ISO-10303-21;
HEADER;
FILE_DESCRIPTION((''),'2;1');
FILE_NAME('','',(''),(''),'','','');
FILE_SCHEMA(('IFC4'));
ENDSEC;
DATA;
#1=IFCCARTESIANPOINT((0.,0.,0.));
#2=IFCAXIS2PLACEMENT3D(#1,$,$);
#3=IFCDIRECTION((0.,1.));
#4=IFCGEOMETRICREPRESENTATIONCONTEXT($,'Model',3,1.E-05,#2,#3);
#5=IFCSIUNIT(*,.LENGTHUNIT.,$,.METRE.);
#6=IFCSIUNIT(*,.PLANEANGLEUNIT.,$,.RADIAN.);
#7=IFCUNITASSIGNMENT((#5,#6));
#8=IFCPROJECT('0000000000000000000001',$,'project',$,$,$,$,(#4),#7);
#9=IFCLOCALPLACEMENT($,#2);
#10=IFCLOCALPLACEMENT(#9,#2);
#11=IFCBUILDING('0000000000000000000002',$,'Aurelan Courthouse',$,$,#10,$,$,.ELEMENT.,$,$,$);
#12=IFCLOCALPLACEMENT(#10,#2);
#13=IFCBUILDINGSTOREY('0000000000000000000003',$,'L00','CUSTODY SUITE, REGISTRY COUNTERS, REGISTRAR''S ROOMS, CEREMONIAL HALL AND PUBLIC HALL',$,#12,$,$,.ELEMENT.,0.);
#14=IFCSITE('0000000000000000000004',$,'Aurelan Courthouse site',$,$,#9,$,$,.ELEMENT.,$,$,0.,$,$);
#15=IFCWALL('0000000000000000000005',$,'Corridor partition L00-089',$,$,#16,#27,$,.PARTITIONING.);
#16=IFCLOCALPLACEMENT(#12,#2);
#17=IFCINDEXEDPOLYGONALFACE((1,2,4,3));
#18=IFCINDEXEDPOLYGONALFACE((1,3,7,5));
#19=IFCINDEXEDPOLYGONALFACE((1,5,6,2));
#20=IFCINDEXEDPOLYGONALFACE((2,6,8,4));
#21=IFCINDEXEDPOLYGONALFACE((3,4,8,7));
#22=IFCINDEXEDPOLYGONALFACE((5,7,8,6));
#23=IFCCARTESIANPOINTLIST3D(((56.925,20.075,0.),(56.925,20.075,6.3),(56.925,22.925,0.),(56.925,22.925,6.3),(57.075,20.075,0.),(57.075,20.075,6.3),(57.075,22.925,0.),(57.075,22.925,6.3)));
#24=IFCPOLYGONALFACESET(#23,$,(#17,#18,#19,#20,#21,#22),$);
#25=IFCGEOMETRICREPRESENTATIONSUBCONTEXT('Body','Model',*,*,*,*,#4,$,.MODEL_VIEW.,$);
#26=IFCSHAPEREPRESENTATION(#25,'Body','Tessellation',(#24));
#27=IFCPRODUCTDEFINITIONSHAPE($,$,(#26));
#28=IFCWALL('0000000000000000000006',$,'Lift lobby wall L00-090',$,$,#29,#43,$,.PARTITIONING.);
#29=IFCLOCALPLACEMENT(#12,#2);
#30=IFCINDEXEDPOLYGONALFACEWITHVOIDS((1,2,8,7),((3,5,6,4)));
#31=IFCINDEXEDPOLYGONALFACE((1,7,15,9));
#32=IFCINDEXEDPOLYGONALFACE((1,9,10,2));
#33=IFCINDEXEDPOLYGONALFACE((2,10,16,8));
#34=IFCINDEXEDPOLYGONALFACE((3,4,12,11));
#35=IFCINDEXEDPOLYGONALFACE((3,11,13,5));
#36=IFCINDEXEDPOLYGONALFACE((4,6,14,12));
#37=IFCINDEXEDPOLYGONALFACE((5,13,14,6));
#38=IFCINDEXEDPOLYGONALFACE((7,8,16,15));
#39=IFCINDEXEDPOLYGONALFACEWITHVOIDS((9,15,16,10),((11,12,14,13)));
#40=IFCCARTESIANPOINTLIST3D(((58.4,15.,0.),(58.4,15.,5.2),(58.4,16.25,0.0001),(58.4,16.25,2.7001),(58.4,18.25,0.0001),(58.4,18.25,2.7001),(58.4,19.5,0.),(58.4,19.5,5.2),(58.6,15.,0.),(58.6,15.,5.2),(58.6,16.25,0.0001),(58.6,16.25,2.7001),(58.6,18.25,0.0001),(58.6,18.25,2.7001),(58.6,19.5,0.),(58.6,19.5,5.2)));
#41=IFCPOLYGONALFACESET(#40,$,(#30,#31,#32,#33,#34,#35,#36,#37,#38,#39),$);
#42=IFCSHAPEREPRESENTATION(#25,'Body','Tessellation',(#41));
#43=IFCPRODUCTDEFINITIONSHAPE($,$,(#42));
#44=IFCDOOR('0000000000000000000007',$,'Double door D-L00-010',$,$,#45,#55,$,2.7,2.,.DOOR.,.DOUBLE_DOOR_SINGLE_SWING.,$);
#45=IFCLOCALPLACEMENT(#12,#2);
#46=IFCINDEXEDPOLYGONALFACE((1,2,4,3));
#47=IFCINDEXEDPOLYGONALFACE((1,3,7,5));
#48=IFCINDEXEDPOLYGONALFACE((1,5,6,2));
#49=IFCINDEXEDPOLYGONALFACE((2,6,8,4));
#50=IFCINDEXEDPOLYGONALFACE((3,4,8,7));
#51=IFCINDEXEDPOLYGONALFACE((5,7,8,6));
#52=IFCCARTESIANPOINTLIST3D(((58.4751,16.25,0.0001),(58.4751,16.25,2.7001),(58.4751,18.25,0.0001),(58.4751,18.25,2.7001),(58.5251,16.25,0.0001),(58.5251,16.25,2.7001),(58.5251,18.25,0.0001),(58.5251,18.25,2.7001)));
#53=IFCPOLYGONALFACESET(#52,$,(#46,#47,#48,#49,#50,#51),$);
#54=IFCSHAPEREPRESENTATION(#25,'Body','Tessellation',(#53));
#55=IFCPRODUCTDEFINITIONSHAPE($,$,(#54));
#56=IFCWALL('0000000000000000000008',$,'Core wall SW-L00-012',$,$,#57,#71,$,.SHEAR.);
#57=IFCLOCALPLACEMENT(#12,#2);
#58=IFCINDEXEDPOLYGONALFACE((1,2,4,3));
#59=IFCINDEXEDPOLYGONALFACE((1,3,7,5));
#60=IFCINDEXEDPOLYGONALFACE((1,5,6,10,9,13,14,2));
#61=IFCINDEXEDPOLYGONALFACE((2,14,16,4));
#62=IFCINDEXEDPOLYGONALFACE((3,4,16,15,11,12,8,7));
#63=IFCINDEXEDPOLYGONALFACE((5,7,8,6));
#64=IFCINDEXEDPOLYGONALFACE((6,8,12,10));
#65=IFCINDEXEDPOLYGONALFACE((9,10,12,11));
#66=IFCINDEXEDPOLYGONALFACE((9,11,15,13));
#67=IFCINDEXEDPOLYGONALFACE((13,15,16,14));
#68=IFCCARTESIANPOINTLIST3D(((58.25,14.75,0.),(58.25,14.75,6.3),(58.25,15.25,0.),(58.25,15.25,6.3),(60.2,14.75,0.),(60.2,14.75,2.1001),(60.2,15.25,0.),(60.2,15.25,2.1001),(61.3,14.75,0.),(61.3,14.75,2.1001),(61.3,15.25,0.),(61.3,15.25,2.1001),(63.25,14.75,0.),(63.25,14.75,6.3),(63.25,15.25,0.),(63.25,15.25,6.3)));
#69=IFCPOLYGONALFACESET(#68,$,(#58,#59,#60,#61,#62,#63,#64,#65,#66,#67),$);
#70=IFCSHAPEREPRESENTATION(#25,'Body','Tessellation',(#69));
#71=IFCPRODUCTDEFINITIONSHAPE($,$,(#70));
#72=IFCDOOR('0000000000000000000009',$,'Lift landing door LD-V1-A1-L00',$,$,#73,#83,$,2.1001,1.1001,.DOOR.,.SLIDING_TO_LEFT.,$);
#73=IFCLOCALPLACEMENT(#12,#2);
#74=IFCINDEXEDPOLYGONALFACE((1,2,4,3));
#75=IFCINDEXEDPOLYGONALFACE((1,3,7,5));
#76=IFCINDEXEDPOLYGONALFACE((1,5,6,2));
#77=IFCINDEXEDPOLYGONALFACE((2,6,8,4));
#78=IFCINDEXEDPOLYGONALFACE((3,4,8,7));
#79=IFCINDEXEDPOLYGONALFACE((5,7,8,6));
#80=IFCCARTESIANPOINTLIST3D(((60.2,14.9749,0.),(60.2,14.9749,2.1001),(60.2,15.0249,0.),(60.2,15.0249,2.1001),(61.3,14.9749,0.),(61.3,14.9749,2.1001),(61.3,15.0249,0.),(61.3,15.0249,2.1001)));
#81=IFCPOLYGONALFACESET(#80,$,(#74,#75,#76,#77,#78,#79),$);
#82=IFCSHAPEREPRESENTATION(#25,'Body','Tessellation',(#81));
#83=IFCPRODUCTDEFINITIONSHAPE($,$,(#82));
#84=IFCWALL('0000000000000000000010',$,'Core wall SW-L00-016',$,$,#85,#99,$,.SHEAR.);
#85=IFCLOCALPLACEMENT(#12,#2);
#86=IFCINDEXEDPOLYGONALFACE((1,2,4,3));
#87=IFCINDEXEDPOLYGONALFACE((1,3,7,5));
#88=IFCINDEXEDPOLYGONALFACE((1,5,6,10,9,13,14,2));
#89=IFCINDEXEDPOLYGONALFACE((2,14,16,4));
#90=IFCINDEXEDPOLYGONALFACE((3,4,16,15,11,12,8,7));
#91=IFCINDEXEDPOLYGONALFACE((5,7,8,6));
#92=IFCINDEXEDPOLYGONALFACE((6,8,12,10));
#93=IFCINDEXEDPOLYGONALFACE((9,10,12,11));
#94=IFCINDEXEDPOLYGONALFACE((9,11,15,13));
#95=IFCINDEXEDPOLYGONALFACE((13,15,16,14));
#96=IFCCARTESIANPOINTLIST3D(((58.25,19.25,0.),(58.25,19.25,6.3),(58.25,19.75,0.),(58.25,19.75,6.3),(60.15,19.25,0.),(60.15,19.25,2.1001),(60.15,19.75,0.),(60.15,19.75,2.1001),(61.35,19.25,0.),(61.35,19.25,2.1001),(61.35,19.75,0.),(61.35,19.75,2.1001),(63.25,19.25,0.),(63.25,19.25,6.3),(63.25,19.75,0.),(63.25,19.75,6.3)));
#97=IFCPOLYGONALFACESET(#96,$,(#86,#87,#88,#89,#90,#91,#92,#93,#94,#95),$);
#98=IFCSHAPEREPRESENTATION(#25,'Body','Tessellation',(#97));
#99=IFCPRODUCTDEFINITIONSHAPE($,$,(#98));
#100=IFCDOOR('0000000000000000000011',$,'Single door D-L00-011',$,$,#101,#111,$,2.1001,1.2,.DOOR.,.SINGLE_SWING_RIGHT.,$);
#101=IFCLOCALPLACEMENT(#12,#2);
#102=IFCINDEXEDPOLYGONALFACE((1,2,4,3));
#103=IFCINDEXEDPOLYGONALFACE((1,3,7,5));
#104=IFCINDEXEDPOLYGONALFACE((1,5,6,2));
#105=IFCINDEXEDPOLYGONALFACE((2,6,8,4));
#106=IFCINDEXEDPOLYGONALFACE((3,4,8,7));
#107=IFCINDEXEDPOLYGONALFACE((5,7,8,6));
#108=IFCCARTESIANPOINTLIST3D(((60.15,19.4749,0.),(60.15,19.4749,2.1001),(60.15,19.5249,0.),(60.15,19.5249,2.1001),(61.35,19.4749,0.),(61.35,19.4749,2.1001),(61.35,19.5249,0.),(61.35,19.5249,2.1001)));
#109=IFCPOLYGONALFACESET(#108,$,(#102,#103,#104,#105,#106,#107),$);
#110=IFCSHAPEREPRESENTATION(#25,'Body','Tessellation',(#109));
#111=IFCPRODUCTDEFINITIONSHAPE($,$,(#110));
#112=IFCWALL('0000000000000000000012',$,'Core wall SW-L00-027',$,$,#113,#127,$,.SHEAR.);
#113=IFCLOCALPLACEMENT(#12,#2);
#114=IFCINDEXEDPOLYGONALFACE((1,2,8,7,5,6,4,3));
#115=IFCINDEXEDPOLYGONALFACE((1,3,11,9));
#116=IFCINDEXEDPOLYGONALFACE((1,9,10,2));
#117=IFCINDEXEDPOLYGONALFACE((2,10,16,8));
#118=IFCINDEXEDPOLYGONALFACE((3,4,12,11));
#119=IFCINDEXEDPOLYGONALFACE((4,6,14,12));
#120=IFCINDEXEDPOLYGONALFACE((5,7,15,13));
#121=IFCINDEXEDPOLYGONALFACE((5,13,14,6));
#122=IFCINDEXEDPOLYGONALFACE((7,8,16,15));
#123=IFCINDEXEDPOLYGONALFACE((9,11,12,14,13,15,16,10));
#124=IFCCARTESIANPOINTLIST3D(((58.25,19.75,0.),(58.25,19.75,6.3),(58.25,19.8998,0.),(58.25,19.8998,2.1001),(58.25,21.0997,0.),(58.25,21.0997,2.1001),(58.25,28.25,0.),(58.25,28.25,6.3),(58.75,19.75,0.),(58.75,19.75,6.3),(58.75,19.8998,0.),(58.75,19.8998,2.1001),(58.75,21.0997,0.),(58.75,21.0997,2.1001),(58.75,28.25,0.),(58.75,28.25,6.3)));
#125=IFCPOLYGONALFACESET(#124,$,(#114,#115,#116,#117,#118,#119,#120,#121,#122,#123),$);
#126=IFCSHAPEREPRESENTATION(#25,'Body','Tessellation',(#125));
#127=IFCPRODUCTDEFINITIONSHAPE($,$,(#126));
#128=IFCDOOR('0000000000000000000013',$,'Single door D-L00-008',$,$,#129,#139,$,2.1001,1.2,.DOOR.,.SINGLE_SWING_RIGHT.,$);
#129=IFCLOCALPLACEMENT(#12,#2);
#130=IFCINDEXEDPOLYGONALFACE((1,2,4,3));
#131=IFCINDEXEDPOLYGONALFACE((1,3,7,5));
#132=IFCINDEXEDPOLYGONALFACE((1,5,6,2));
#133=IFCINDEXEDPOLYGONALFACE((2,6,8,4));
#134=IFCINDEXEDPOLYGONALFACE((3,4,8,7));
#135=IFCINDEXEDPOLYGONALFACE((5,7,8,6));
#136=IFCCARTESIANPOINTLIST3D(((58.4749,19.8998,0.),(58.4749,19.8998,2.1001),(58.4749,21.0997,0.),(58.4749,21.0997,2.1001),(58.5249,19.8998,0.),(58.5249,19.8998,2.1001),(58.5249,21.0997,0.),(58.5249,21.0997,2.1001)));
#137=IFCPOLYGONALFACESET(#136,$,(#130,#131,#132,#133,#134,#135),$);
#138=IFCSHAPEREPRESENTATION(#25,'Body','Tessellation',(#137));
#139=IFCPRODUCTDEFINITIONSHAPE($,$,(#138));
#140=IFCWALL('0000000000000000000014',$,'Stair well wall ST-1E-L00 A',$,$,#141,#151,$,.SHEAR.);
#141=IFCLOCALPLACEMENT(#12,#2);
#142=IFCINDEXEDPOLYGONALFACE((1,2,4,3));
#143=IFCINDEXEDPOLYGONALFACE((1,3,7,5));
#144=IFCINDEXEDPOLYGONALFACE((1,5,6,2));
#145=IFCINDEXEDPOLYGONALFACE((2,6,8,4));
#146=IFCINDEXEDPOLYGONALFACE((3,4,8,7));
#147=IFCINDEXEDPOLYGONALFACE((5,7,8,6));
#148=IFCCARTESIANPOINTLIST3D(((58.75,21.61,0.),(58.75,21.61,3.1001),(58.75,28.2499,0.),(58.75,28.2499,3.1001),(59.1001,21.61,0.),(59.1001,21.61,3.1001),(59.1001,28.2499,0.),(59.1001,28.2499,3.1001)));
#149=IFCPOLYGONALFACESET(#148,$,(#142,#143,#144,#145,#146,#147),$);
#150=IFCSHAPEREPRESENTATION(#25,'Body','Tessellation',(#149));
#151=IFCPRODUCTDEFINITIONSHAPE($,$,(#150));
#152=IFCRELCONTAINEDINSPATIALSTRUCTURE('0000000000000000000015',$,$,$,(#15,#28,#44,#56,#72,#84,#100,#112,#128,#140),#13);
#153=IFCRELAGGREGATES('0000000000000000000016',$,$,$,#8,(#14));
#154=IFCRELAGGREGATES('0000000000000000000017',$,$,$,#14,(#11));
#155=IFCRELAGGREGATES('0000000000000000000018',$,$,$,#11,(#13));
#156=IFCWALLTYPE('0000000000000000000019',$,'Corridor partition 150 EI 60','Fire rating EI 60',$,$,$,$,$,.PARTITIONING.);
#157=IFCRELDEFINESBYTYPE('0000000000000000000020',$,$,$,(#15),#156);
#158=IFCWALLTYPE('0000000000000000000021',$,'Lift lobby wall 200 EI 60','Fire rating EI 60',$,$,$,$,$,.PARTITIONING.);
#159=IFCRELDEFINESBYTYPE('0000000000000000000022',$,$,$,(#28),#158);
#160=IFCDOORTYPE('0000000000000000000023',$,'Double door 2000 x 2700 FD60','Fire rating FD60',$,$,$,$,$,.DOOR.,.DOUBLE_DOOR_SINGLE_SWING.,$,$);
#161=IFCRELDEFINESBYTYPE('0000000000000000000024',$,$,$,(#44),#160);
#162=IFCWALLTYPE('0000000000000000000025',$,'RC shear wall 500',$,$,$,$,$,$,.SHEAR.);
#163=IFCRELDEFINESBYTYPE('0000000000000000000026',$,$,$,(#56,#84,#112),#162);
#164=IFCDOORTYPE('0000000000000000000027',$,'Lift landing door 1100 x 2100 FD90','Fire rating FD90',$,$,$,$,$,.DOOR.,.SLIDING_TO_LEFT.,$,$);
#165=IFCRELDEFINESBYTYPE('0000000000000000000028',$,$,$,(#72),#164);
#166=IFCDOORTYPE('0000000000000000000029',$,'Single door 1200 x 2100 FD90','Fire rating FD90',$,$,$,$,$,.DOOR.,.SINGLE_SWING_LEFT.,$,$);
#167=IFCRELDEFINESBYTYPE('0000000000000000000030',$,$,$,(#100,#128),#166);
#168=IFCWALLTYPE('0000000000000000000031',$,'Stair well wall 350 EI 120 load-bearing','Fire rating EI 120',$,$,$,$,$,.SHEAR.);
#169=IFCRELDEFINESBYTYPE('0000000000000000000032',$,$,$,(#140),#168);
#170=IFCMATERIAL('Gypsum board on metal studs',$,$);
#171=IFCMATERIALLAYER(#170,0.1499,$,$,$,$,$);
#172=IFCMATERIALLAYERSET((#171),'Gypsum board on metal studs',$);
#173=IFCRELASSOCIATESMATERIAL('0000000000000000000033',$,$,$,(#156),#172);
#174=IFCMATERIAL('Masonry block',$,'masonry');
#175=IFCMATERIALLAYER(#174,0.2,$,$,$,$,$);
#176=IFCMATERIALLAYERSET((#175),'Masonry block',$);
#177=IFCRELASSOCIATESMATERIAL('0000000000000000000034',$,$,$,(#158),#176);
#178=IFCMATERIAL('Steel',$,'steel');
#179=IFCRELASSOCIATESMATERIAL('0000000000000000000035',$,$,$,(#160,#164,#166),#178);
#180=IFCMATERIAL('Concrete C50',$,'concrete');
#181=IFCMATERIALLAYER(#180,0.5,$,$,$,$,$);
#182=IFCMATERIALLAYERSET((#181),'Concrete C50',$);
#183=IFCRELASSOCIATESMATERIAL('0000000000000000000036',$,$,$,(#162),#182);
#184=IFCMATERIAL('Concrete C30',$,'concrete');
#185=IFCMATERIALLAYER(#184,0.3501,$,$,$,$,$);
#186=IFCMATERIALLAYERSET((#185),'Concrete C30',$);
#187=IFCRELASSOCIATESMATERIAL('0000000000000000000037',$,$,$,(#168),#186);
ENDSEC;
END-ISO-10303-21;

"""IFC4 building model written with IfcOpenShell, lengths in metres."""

from ifc_helpers import new_model, si_unit, direction, frame, frame_2d, origin, place, context, subcontext, project, spatial, rectangle, extrude, material, layer, layer_set, type_object, element, fill, save


model = new_model("IFC4")

# Units and contexts
model_context = context("Model", 3, precision=1e-05, world=origin(), true_north=direction((0.0, 1.0)))
body_context = subcontext(model_context, "Body", "Model", "MODEL_VIEW")
ifc_project = project(units=[si_unit("LENGTHUNIT", "METRE"), si_unit("PLANEANGLEUNIT", "RADIAN")], contexts=[model_context])

# Site, building, storey
site_placement = place(None, origin())
site = spatial("IfcSite", under=ifc_project, at=site_placement, Name="Aurelan Courthouse site", CompositionType="ELEMENT", RefElevation=0.0)
building_placement = place(site_placement, origin())
building = spatial("IfcBuilding", under=site, at=building_placement, Name="Aurelan Courthouse", CompositionType="ELEMENT")
storey_placement = place(building_placement, origin())
storey = spatial("IfcBuildingStorey", under=building, at=storey_placement, Name="L00", Description="CUSTODY SUITE, REGISTRY COUNTERS, REGISTRAR'S ROOMS, CEREMONIAL HALL AND PUBLIC HALL", CompositionType="ELEMENT", Elevation=0.0)

# Shared definitions
ifc_material_1 = material(Name="Concrete C50", Category="concrete")

# Shared definitions
ifc_material_2 = material(Name="Gypsum board on metal studs")
ifc_layer_1 = layer(ifc_material_2, 0.1499)
ifc_layer_set_1 = layer_set([ifc_layer_1], Name="Gypsum board on metal studs")
wall_type_1 = type_object("IfcWallType", Name="Corridor partition 150 EI 60", Description="Fire rating EI 60", PredefinedType="PARTITIONING", material=ifc_layer_set_1)

# Shared definitions
ifc_material_3 = material(Name="Steel", Category="steel")

# Wall
wall_1_placement = place(storey_placement, frame((57.0, 20.075, 0.0), z_axis=(0.0, 0.0, 1.0), x_axis=(0.0, 1.0, 0.0)))
element("IfcWall", 1, at=wall_1_placement, inside=storey, type_object=wall_type_1, Name="Corridor partition L00-089", PredefinedType="PARTITIONING", context=body_context, shape_type="SweptSolid", body=[
    extrude(rectangle(XDim=2.8501, YDim=0.1499, at=frame_2d((1.425, 0.0))), origin(), (0.0, 0.0, 1.0), 6.3),
])

# Walls, openings, doors
ifc_material_4 = material(Name="Masonry block", Category="masonry")
ifc_layer_2 = layer(ifc_material_4, 0.2)
ifc_layer_set_2 = layer_set([ifc_layer_2], Name="Masonry block")
wall_type_2 = type_object("IfcWallType", Name="Lift lobby wall 200 EI 60", Description="Fire rating EI 60", PredefinedType="PARTITIONING", material=ifc_layer_set_2)
wall_2_placement = place(storey_placement, frame((58.5, 15.0, 0.0), z_axis=(0.0, 0.0, 1.0), x_axis=(0.0, 1.0, 0.0)))
wall_2 = element("IfcWall", 2, at=wall_2_placement, inside=storey, type_object=wall_type_2, Name="Lift lobby wall L00-090", PredefinedType="PARTITIONING", context=body_context, shape_type="SweptSolid", body=[
    extrude(rectangle(XDim=4.5, YDim=0.2, at=frame_2d((2.25, 0.0))), origin(), (0.0, 0.0, 1.0), 5.2),
])
opening_1_placement = place(wall_2_placement, frame((1.25, 0.0, 0.0)))
opening_1 = element("IfcOpeningElement", 3, at=opening_1_placement, cuts=wall_2, PredefinedType="OPENING", context=body_context, shape_type="SweptSolid", body=[
    extrude(rectangle(XDim=2.0, YDim=2.7, at=frame_2d((1.0, 1.3501))), frame((0.0, 0.1099, 0.0), z_axis=(0.0, -1.0, 0.0), x_axis=(1.0, 0.0, 0.0)), (0.0, 0.0, 1.0), 0.22),
])
door_type_1 = type_object("IfcDoorType", Name="Double door 2000 x 2700 FD60", Description="Fire rating FD60", OperationType="DOUBLE_DOOR_SINGLE_SWING", PredefinedType="DOOR", material=ifc_material_3)
door_1_placement = place(opening_1_placement, origin())
door_1 = element("IfcDoor", 4, at=door_1_placement, inside=storey, type_object=door_type_1, Name="Double door D-L00-010", OperationType="DOUBLE_DOOR_SINGLE_SWING", OverallHeight=2.7, OverallWidth=2.0, PredefinedType="DOOR", context=body_context, shape_type="SweptSolid", body=[
    extrude(rectangle(XDim=2.0, YDim=2.7, at=frame_2d((1.0, 1.3501))), frame((0.0, 0.0249, 0.0), z_axis=(0.0, -1.0, 0.0), x_axis=(1.0, 0.0, 0.0)), (0.0, 0.0, 1.0), 0.05),
])
fill(opening_1, door_1)
ifc_layer_3 = layer(ifc_material_1, 0.5)
ifc_layer_set_3 = layer_set([ifc_layer_3], Name="Concrete C50")
wall_type_3 = type_object("IfcWallType", Name="RC shear wall 500", PredefinedType="SHEAR", material=ifc_layer_set_3)
wall_3_placement = place(storey_placement, frame((58.25, 15.0, 0.0), z_axis=(0.0, 0.0, 1.0), x_axis=(1.0, 0.0, 0.0)))
wall_3 = element("IfcWall", 5, at=wall_3_placement, inside=storey, type_object=wall_type_3, Name="Core wall SW-L00-012", PredefinedType="SHEAR", context=body_context, shape_type="SweptSolid", body=[
    extrude(rectangle(XDim=5.0, YDim=0.5, at=frame_2d((2.5, 0.0))), origin(), (0.0, 0.0, 1.0), 6.3),
])
opening_2_placement = place(wall_3_placement, frame((1.95, 0.0, 0.0)))
opening_2 = element("IfcOpeningElement", 6, at=opening_2_placement, cuts=wall_3, PredefinedType="OPENING", context=body_context, shape_type="SweptSolid", body=[
    extrude(rectangle(XDim=1.1001, YDim=2.1001, at=frame_2d((0.55, 1.05))), frame((0.0, 0.26, 0.0), z_axis=(0.0, -1.0, 0.0), x_axis=(1.0, 0.0, 0.0)), (0.0, 0.0, 1.0), 0.52),
])
door_type_2 = type_object("IfcDoorType", Name="Lift landing door 1100 x 2100 FD90", Description="Fire rating FD90", OperationType="SLIDING_TO_LEFT", PredefinedType="DOOR", material=ifc_material_3)
door_2_placement = place(opening_2_placement, origin())
door_2 = element("IfcDoor", 7, at=door_2_placement, inside=storey, type_object=door_type_2, Name="Lift landing door LD-V1-A1-L00", OperationType="SLIDING_TO_LEFT", OverallHeight=2.1001, OverallWidth=1.1001, PredefinedType="DOOR", context=body_context, shape_type="SweptSolid", body=[
    extrude(rectangle(XDim=1.1001, YDim=2.1001, at=frame_2d((0.55, 1.05))), frame((0.0, 0.0249, 0.0), z_axis=(0.0, -1.0, 0.0), x_axis=(1.0, 0.0, 0.0)), (0.0, 0.0, 1.0), 0.05),
])
fill(opening_2, door_2)
wall_4_placement = place(storey_placement, frame((58.25, 19.5, 0.0), z_axis=(0.0, 0.0, 1.0), x_axis=(1.0, 0.0, 0.0)))
wall_4 = element("IfcWall", 8, at=wall_4_placement, inside=storey, type_object=wall_type_3, Name="Core wall SW-L00-016", PredefinedType="SHEAR", context=body_context, shape_type="SweptSolid", body=[
    extrude(rectangle(XDim=5.0, YDim=0.5, at=frame_2d((2.5, 0.0))), origin(), (0.0, 0.0, 1.0), 6.3),
])
opening_3_placement = place(wall_4_placement, frame((1.8999, 0.0, 0.0)))
opening_3 = element("IfcOpeningElement", 9, at=opening_3_placement, cuts=wall_4, PredefinedType="OPENING", context=body_context, shape_type="SweptSolid", body=[
    extrude(rectangle(XDim=1.2, YDim=2.1001, at=frame_2d((0.6001, 1.05))), frame((0.0, 0.26, 0.0), z_axis=(0.0, -1.0, 0.0), x_axis=(1.0, 0.0, 0.0)), (0.0, 0.0, 1.0), 0.52),
])
door_type_3 = type_object("IfcDoorType", Name="Single door 1200 x 2100 FD90", Description="Fire rating FD90", OperationType="SINGLE_SWING_LEFT", PredefinedType="DOOR", material=ifc_material_3)
door_3_placement = place(opening_3_placement, origin())
door_3 = element("IfcDoor", 10, at=door_3_placement, inside=storey, type_object=door_type_3, Name="Single door D-L00-011", OperationType="SINGLE_SWING_RIGHT", OverallHeight=2.1001, OverallWidth=1.2, PredefinedType="DOOR", context=body_context, shape_type="SweptSolid", body=[
    extrude(rectangle(XDim=1.2, YDim=2.1001, at=frame_2d((0.6001, 1.05))), frame((0.0, 0.0249, 0.0), z_axis=(0.0, -1.0, 0.0), x_axis=(1.0, 0.0, 0.0)), (0.0, 0.0, 1.0), 0.05),
])
fill(opening_3, door_3)
wall_5_placement = place(storey_placement, frame((58.5, 19.75, 0.0), z_axis=(0.0, 0.0, 1.0), x_axis=(0.0, 1.0, 0.0)))
wall_5 = element("IfcWall", 11, at=wall_5_placement, inside=storey, type_object=wall_type_3, Name="Core wall SW-L00-027", PredefinedType="SHEAR", context=body_context, shape_type="SweptSolid", body=[
    extrude(rectangle(XDim=8.5, YDim=0.5, at=frame_2d((4.25, 0.0))), origin(), (0.0, 0.0, 1.0), 6.3),
])
opening_4_placement = place(wall_5_placement, frame((1.3499, 0.0, 0.0), z_axis=(0.0, 0.0, 1.0), x_axis=(-1.0, 0.0, 0.0)))
opening_4 = element("IfcOpeningElement", 12, at=opening_4_placement, cuts=wall_5, PredefinedType="OPENING", context=body_context, shape_type="SweptSolid", body=[
    extrude(rectangle(XDim=1.2, YDim=2.1001, at=frame_2d((0.6001, 1.05))), frame((0.0, 0.26, 0.0), z_axis=(0.0, -1.0, 0.0), x_axis=(1.0, 0.0, 0.0)), (0.0, 0.0, 1.0), 0.52),
])
door_4_placement = place(opening_4_placement, origin())
door_4 = element("IfcDoor", 13, at=door_4_placement, inside=storey, type_object=door_type_3, Name="Single door D-L00-008", OperationType="SINGLE_SWING_RIGHT", OverallHeight=2.1001, OverallWidth=1.2, PredefinedType="DOOR", context=body_context, shape_type="SweptSolid", body=[
    extrude(rectangle(XDim=1.2, YDim=2.1001, at=frame_2d((0.6001, 1.05))), frame((0.0, 0.0249, 0.0), z_axis=(0.0, -1.0, 0.0), x_axis=(1.0, 0.0, 0.0)), (0.0, 0.0, 1.0), 0.05),
])
fill(opening_4, door_4)

# Wall
ifc_material_5 = material(Name="Concrete C30", Category="concrete")
ifc_layer_4 = layer(ifc_material_5, 0.3501)
ifc_layer_set_4 = layer_set([ifc_layer_4], Name="Concrete C30")
wall_type_4 = type_object("IfcWallType", Name="Stair well wall 350 EI 120 load-bearing", Description="Fire rating EI 120", PredefinedType="SHEAR", material=ifc_layer_set_4)
wall_6_placement = place(storey_placement, frame((58.925, 21.6101, 0.0), z_axis=(0.0, 0.0, 1.0), x_axis=(0.0, 1.0, 0.0)))
element("IfcWall", 14, at=wall_6_placement, inside=storey, type_object=wall_type_4, Name="Stair well wall ST-1E-L00 A", PredefinedType="SHEAR", context=body_context, shape_type="SweptSolid", body=[
    extrude(rectangle(XDim=6.6399, YDim=0.3501, at=frame_2d((3.3198, 0.0))), origin(), (0.0, 0.0, 1.0), 3.1001),
])

save(model, "model.ifc")
